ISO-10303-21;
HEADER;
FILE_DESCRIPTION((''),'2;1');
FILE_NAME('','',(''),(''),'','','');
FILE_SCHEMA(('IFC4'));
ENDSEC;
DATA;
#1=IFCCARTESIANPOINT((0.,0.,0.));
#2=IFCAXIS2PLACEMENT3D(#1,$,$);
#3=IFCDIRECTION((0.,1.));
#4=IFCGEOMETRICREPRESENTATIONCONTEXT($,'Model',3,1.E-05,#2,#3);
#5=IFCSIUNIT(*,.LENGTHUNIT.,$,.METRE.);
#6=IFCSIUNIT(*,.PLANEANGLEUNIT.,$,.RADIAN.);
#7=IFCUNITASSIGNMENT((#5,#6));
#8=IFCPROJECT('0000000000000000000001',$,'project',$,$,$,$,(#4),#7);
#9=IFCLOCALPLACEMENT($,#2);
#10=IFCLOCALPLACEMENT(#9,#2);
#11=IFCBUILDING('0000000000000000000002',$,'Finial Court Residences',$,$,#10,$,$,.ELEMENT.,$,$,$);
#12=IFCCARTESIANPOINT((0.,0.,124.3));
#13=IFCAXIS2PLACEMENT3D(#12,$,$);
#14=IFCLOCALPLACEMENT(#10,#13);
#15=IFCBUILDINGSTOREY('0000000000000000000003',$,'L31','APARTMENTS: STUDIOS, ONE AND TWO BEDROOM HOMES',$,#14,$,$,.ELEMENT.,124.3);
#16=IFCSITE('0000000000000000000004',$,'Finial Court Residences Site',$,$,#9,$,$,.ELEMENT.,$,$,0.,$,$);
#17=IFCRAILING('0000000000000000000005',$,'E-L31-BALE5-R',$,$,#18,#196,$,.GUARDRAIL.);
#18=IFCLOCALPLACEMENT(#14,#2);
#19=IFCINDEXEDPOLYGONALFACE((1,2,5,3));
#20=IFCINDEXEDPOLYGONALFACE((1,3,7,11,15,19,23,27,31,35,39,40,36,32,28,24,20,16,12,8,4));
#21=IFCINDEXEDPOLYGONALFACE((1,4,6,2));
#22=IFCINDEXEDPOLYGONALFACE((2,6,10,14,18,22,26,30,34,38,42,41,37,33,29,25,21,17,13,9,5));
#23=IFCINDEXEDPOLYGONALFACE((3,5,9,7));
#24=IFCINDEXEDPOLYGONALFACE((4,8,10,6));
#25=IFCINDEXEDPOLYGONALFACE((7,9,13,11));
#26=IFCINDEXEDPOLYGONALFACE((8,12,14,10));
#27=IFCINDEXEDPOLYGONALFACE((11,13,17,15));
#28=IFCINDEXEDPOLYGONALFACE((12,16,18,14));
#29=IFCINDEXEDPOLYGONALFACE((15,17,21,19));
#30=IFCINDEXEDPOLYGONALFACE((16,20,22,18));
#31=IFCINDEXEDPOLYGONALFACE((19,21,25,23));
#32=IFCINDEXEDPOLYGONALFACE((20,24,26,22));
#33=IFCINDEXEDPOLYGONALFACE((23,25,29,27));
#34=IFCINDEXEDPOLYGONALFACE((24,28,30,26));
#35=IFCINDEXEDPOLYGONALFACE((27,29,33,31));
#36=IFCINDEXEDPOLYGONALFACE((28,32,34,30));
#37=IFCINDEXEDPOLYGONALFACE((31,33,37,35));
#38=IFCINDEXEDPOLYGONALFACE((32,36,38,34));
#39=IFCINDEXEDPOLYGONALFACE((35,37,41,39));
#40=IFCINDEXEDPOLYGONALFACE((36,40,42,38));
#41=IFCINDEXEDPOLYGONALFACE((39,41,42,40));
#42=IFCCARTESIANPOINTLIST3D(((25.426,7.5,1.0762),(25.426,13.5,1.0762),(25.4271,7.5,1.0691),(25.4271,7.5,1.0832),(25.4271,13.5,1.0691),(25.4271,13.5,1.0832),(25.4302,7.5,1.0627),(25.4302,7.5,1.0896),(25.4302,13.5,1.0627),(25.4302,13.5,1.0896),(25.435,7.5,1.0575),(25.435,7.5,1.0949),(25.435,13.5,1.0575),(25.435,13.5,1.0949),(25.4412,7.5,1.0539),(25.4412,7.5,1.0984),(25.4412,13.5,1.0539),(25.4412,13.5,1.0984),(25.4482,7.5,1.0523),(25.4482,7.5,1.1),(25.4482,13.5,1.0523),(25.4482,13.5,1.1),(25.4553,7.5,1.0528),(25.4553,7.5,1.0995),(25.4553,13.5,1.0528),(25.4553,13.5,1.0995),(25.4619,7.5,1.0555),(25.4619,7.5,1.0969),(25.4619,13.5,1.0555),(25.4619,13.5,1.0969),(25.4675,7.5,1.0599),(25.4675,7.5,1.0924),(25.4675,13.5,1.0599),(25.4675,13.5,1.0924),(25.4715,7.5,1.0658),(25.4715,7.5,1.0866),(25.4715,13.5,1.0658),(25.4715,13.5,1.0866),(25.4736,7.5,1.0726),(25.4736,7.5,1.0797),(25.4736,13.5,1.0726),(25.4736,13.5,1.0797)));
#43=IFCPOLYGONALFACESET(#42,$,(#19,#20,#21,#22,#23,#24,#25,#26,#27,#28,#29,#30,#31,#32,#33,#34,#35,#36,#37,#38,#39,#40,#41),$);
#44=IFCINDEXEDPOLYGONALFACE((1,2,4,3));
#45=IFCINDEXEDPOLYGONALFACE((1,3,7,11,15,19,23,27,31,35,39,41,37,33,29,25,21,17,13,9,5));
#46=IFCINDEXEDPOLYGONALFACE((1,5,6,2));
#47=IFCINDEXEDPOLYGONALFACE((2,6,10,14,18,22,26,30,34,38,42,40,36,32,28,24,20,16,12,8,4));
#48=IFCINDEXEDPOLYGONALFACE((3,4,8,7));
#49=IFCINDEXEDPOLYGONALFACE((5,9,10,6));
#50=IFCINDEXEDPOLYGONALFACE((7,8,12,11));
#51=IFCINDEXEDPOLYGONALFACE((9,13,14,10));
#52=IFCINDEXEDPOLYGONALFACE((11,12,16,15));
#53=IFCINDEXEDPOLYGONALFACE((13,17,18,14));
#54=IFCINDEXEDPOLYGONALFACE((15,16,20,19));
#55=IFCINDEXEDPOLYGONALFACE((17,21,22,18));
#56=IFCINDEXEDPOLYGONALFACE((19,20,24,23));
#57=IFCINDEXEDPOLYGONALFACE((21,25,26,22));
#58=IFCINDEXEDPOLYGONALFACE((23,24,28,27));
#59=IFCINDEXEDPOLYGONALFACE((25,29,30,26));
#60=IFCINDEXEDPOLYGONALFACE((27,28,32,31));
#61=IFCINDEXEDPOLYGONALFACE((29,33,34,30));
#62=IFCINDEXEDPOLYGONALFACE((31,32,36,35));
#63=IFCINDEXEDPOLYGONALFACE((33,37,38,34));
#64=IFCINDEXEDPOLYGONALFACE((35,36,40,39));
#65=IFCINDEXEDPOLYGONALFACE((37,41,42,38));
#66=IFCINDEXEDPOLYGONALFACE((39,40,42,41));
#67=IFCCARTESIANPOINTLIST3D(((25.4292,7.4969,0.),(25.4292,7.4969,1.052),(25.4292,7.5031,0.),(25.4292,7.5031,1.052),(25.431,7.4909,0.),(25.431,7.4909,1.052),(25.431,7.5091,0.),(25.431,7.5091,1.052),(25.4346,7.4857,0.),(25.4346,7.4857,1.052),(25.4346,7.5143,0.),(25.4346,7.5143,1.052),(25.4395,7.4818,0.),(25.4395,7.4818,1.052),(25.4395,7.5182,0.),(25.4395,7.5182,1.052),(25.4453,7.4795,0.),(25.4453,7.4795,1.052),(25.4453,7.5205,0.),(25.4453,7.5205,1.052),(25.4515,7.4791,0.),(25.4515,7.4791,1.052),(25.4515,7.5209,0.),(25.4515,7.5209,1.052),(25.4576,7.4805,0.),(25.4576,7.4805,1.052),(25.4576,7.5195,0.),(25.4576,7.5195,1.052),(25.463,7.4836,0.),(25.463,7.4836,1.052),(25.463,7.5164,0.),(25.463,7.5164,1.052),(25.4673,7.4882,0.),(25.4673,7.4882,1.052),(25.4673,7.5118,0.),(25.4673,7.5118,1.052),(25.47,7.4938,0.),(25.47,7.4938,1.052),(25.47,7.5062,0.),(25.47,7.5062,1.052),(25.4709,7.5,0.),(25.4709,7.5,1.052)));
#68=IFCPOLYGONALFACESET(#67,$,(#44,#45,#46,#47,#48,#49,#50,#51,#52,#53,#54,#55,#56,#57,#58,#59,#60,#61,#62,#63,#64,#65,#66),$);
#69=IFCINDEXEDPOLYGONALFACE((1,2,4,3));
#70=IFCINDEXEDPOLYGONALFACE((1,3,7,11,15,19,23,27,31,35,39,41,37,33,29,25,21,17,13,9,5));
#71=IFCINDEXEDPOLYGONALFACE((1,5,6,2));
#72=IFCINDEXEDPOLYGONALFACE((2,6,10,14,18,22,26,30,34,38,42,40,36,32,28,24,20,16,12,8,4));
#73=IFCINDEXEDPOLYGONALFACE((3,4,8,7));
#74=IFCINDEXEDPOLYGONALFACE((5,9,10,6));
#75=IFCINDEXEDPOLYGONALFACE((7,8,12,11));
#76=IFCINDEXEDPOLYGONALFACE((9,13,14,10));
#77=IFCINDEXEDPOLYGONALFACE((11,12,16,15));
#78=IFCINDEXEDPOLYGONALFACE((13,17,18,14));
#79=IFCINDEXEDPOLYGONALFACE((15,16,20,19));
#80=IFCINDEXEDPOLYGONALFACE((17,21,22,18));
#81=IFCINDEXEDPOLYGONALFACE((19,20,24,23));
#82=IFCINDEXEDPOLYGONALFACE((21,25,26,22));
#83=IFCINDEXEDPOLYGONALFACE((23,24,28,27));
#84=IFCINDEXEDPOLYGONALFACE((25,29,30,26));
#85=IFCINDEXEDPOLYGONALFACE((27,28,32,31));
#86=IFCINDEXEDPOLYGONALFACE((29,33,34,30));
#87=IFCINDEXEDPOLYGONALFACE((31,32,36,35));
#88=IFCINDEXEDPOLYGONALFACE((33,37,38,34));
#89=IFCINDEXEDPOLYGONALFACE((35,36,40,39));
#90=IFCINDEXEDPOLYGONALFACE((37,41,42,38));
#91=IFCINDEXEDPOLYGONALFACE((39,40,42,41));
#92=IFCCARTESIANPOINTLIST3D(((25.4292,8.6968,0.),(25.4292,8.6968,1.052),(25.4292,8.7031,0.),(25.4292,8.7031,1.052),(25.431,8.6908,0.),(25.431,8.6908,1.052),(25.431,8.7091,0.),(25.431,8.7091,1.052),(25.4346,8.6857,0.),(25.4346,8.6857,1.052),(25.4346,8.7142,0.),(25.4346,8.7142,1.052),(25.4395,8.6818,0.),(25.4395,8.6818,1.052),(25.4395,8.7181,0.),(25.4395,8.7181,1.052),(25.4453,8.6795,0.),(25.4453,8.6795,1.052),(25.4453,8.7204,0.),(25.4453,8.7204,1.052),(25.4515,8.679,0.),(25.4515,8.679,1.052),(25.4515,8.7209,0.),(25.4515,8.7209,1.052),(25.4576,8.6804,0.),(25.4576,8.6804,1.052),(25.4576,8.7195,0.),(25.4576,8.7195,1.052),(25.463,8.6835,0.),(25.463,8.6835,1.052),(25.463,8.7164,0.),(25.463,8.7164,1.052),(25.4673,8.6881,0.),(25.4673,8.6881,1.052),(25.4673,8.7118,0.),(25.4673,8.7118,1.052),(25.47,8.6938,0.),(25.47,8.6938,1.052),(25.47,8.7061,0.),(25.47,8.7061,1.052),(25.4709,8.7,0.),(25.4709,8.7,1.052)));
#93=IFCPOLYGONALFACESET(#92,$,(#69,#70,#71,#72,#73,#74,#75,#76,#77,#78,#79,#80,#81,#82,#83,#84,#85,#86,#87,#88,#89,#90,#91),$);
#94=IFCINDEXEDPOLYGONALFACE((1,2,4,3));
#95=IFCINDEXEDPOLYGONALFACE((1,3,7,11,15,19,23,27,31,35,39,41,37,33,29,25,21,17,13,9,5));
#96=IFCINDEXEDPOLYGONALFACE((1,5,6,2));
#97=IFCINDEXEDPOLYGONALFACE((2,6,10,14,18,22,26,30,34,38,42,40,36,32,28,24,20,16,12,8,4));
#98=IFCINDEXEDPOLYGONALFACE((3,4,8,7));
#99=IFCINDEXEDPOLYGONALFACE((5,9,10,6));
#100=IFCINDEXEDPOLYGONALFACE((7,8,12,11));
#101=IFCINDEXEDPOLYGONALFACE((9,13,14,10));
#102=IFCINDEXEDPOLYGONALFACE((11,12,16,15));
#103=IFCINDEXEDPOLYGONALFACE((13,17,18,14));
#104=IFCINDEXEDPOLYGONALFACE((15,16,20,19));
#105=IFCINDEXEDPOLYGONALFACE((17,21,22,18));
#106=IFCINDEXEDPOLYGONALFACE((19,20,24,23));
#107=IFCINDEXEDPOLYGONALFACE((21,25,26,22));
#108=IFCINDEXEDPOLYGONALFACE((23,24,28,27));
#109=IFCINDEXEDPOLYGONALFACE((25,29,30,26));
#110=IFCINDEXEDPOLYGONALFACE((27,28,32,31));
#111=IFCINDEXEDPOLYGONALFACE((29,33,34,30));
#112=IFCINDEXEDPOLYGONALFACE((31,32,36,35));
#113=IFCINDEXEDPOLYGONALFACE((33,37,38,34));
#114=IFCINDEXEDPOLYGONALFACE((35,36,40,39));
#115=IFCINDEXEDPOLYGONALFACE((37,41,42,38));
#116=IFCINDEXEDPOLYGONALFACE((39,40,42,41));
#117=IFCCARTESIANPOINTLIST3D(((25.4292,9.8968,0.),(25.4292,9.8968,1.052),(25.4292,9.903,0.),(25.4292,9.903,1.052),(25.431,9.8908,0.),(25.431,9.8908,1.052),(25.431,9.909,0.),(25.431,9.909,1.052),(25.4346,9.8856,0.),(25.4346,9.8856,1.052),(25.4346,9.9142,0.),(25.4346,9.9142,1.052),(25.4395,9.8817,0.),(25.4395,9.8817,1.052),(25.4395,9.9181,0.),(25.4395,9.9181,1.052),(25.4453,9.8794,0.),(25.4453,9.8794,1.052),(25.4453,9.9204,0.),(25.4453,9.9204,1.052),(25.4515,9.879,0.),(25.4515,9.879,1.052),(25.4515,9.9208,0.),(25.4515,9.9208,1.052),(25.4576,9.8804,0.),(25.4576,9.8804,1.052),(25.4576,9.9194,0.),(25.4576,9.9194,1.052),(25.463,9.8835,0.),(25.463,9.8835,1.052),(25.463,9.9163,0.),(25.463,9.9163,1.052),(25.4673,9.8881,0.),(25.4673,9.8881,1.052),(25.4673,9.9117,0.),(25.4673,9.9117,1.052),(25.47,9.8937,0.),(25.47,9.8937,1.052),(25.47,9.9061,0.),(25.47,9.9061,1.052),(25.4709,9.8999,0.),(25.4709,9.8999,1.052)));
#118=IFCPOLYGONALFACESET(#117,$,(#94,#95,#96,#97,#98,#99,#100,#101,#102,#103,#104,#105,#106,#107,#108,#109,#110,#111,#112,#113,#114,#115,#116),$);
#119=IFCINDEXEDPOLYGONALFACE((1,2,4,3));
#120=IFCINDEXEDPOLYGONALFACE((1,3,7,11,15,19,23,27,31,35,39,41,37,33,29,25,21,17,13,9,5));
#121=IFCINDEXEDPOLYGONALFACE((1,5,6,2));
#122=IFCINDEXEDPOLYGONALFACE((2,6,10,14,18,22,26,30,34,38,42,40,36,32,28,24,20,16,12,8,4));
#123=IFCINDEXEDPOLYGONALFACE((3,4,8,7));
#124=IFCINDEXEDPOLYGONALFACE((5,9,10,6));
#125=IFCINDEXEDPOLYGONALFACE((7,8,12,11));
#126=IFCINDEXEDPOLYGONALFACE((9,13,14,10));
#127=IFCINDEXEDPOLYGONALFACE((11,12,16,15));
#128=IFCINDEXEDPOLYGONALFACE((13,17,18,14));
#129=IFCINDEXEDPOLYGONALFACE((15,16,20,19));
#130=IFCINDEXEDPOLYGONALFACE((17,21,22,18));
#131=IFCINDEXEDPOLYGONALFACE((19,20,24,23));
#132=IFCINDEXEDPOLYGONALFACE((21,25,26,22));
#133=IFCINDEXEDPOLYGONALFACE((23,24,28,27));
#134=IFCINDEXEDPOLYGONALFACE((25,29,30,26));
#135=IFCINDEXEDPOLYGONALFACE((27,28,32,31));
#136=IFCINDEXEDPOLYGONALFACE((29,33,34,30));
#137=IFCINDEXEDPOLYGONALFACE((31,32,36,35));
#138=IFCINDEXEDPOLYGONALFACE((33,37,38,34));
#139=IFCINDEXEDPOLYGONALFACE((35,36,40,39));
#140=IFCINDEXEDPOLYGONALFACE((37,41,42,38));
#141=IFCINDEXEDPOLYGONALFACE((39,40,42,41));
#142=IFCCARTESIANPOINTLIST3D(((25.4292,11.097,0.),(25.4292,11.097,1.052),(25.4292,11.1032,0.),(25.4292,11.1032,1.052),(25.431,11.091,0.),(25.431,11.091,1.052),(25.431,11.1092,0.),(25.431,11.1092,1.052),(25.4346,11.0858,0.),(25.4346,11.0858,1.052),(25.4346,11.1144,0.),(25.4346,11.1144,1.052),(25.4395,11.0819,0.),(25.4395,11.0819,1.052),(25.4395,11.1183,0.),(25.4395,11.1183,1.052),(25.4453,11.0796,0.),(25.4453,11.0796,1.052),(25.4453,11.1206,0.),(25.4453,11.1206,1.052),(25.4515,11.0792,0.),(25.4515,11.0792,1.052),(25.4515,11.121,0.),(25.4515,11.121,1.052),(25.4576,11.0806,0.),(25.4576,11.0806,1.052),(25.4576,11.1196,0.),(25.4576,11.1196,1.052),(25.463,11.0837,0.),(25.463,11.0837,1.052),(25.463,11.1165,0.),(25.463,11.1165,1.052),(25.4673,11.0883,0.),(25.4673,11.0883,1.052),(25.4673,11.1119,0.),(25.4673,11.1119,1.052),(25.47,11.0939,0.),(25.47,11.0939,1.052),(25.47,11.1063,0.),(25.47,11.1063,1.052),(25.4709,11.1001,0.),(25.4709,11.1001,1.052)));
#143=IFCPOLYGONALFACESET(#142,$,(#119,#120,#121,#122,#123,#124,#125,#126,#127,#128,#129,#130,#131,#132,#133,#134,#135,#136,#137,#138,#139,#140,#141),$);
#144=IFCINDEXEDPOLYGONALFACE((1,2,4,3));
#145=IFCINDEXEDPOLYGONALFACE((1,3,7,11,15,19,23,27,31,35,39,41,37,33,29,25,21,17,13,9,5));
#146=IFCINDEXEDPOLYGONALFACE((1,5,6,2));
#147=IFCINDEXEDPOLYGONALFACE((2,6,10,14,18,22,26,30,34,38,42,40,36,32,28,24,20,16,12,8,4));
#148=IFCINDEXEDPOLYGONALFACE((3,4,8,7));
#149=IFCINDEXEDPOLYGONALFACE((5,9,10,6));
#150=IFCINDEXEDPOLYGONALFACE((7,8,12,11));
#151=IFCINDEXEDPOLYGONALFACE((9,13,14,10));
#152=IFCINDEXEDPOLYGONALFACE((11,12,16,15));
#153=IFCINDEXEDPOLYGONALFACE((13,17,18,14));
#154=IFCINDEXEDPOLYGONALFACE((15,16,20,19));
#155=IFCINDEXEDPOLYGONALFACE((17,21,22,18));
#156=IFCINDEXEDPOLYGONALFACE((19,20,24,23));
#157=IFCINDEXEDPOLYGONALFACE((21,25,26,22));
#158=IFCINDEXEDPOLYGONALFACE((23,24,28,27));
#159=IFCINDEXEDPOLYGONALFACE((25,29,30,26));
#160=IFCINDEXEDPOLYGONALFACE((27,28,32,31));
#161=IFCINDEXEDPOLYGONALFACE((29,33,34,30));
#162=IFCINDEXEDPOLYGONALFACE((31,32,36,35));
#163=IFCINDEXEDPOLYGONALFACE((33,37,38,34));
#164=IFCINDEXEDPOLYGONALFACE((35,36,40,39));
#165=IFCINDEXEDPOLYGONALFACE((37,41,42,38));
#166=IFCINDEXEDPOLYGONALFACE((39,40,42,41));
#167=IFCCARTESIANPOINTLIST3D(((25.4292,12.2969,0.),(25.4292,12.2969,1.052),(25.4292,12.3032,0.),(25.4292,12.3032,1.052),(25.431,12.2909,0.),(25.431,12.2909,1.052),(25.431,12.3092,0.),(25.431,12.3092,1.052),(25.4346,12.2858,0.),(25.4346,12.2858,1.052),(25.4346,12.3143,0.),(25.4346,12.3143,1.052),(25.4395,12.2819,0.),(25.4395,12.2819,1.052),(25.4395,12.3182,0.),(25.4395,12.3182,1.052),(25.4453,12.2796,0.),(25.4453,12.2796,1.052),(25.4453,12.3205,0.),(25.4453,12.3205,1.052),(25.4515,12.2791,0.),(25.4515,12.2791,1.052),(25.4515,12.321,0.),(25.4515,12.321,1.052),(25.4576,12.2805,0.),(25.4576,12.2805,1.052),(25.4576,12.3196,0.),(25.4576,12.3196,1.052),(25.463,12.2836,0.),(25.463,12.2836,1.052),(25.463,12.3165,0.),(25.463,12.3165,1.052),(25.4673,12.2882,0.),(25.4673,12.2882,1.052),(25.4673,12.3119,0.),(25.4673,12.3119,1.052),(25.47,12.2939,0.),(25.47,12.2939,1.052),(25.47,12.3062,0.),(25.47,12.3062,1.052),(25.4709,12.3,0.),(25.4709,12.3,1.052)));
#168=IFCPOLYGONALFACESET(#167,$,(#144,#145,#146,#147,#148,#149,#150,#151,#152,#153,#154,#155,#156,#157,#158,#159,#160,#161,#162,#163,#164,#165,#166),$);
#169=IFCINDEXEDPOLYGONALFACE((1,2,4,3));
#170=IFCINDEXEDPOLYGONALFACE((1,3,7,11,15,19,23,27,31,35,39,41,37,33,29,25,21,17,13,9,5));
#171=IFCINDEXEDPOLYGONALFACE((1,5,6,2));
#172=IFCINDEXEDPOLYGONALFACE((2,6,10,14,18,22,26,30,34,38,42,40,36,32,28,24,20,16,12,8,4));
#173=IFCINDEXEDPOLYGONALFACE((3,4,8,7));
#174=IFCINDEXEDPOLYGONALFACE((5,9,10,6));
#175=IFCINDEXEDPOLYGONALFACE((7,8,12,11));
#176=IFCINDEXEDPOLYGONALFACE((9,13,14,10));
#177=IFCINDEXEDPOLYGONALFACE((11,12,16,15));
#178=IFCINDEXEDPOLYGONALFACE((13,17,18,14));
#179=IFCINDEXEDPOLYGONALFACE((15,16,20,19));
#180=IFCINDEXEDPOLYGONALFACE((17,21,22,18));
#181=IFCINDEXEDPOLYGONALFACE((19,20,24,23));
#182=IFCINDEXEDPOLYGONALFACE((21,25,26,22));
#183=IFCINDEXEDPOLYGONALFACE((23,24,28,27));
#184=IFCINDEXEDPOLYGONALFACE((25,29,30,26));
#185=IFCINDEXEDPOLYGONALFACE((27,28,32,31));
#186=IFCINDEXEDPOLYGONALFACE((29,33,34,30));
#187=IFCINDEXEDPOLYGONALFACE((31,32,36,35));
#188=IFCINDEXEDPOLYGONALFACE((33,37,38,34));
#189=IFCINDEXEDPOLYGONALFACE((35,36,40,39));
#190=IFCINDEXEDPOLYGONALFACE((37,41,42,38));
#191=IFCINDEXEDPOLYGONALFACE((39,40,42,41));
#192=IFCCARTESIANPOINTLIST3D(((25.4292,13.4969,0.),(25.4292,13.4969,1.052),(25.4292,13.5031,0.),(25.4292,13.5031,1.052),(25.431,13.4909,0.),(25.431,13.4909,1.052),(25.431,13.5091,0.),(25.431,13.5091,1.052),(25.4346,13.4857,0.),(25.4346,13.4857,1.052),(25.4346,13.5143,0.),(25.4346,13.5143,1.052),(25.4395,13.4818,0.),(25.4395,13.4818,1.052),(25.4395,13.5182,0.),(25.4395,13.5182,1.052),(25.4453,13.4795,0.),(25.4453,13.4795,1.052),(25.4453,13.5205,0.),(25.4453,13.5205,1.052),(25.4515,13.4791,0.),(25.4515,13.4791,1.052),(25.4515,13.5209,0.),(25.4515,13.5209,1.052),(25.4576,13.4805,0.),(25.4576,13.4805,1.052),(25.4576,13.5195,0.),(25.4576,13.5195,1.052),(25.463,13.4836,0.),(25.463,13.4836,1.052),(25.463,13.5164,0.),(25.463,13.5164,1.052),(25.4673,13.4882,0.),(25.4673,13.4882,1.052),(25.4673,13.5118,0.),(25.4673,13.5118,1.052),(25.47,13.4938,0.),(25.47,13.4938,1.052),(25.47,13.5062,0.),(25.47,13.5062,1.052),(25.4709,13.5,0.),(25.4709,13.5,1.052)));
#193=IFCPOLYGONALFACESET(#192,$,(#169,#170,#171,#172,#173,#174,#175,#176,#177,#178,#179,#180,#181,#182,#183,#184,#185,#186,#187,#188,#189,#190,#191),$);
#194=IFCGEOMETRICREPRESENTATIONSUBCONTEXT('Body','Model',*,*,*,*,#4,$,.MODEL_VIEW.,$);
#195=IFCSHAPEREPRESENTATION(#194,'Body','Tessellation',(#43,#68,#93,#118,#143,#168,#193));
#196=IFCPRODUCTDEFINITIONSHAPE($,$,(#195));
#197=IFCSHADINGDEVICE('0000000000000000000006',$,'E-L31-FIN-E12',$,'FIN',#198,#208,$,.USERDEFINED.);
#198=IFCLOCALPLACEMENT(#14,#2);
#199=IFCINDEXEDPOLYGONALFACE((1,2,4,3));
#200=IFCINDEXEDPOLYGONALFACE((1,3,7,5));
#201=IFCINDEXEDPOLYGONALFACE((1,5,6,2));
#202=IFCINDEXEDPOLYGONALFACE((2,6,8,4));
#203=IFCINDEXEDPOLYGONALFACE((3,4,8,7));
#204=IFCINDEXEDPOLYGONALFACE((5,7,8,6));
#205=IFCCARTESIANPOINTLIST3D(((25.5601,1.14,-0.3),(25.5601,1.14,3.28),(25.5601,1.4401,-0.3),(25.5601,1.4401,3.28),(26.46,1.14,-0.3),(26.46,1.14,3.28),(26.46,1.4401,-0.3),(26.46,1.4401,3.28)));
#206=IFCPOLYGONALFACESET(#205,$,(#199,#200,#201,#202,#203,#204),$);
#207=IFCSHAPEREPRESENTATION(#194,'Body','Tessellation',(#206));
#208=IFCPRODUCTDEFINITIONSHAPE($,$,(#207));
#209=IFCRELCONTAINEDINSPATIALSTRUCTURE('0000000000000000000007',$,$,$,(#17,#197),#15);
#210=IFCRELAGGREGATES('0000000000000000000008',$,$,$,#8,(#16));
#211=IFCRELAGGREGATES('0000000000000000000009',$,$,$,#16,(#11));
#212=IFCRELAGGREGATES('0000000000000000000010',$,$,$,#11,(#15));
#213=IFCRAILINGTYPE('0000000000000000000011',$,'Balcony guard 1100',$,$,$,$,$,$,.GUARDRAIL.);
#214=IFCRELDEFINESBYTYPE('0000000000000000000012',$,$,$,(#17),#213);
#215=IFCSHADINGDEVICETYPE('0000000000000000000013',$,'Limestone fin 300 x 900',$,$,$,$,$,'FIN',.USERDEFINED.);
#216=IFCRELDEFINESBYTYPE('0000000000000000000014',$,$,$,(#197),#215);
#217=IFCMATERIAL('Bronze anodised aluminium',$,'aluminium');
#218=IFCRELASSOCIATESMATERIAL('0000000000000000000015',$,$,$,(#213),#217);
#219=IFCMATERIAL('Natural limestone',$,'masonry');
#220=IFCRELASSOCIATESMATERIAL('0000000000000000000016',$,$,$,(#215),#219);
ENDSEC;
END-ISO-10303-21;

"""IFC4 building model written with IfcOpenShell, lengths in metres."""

from ifc_helpers import new_model, si_unit, direction, frame, origin, origin_2d, place, context, subcontext, project, spatial, rectangle, circle, extrude, material, type_object, element, save


model = new_model("IFC4")

# Units and contexts
model_context = context("Model", 3, precision=1e-05, world=origin(), true_north=direction((0.0, 1.0)))
body_context = subcontext(model_context, "Body", "Model", "MODEL_VIEW")
ifc_project = project(units=[si_unit("LENGTHUNIT", "METRE"), si_unit("PLANEANGLEUNIT", "RADIAN")], contexts=[model_context])

# Site, building, storey
site_placement = place(None, origin())
site = spatial("IfcSite", under=ifc_project, at=site_placement, Name="Finial Court Residences Site", CompositionType="ELEMENT", RefElevation=0.0)
building_placement = place(site_placement, origin())
building = spatial("IfcBuilding", under=site, at=building_placement, Name="Finial Court Residences", CompositionType="ELEMENT")
storey_placement = place(building_placement, frame((0.0, 0.0, 124.3)))
storey = spatial("IfcBuildingStorey", under=building, at=storey_placement, Name="L31", Description="APARTMENTS: STUDIOS, ONE AND TWO BEDROOM HOMES", CompositionType="ELEMENT", Elevation=124.3)

# Shared definitions
ifc_material_1 = material(Name="Bronze anodised aluminium", Category="aluminium")

# Shared definitions
ifc_material_2 = material(Name="Natural limestone", Category="masonry")

# Railing
railing_type = type_object("IfcRailingType", Name="Balcony guard 1100", PredefinedType="GUARDRAIL", material=ifc_material_1)
railing_placement = place(storey_placement, frame((25.45, 7.5, 0.0)))
element("IfcRailing", 1, at=railing_placement, inside=storey, type_object=railing_type, Name="E-L31-BALE5-R", PredefinedType="GUARDRAIL", context=body_context, shape_type="SweptSolid", body=[
    extrude(circle(Radius=0.0239, at=origin_2d()), frame((0.0, 0.0, 1.0762), z_axis=(0.0, 1.0, 0.0), x_axis=(-1.0, 0.0, 0.0)), (0.0, 0.0, 1.0), 6.0),
    extrude(circle(Radius=0.021, at=origin_2d()), origin(), (0.0, 0.0, 1.0), 1.052),
    extrude(circle(Radius=0.021, at=origin_2d()), frame((0.0, 1.2, 0.0)), (0.0, 0.0, 1.0), 1.052),
    extrude(circle(Radius=0.021, at=origin_2d()), frame((0.0, 2.3999, 0.0)), (0.0, 0.0, 1.0), 1.052),
    extrude(circle(Radius=0.021, at=origin_2d()), frame((0.0, 3.6001, 0.0)), (0.0, 0.0, 1.0), 1.052),
    extrude(circle(Radius=0.021, at=origin_2d()), frame((0.0, 4.8, 0.0)), (0.0, 0.0, 1.0), 1.052),
    extrude(circle(Radius=0.021, at=origin_2d()), frame((0.0, 6.0, 0.0)), (0.0, 0.0, 1.0), 1.052),
])

# Shading device
shading_device_type = type_object("IfcShadingDeviceType", Name="Limestone fin 300 x 900", ElementType="FIN", PredefinedType="USERDEFINED", material=ifc_material_2)
shading_device_placement = place(storey_placement, frame((26.01, 1.29, -0.3), z_axis=(0.0, 0.0, 1.0), x_axis=(1.0, 0.0, 0.0)))
element("IfcShadingDevice", 2, at=shading_device_placement, inside=storey, type_object=shading_device_type, Name="E-L31-FIN-E12", ObjectType="FIN", PredefinedType="USERDEFINED", context=body_context, shape_type="SweptSolid", body=[
    extrude(rectangle(XDim=0.8999, YDim=0.3, at=origin_2d()), origin(), (0.0, 0.0, 1.0), 3.5801),
])

save(model, "model.ifc")
